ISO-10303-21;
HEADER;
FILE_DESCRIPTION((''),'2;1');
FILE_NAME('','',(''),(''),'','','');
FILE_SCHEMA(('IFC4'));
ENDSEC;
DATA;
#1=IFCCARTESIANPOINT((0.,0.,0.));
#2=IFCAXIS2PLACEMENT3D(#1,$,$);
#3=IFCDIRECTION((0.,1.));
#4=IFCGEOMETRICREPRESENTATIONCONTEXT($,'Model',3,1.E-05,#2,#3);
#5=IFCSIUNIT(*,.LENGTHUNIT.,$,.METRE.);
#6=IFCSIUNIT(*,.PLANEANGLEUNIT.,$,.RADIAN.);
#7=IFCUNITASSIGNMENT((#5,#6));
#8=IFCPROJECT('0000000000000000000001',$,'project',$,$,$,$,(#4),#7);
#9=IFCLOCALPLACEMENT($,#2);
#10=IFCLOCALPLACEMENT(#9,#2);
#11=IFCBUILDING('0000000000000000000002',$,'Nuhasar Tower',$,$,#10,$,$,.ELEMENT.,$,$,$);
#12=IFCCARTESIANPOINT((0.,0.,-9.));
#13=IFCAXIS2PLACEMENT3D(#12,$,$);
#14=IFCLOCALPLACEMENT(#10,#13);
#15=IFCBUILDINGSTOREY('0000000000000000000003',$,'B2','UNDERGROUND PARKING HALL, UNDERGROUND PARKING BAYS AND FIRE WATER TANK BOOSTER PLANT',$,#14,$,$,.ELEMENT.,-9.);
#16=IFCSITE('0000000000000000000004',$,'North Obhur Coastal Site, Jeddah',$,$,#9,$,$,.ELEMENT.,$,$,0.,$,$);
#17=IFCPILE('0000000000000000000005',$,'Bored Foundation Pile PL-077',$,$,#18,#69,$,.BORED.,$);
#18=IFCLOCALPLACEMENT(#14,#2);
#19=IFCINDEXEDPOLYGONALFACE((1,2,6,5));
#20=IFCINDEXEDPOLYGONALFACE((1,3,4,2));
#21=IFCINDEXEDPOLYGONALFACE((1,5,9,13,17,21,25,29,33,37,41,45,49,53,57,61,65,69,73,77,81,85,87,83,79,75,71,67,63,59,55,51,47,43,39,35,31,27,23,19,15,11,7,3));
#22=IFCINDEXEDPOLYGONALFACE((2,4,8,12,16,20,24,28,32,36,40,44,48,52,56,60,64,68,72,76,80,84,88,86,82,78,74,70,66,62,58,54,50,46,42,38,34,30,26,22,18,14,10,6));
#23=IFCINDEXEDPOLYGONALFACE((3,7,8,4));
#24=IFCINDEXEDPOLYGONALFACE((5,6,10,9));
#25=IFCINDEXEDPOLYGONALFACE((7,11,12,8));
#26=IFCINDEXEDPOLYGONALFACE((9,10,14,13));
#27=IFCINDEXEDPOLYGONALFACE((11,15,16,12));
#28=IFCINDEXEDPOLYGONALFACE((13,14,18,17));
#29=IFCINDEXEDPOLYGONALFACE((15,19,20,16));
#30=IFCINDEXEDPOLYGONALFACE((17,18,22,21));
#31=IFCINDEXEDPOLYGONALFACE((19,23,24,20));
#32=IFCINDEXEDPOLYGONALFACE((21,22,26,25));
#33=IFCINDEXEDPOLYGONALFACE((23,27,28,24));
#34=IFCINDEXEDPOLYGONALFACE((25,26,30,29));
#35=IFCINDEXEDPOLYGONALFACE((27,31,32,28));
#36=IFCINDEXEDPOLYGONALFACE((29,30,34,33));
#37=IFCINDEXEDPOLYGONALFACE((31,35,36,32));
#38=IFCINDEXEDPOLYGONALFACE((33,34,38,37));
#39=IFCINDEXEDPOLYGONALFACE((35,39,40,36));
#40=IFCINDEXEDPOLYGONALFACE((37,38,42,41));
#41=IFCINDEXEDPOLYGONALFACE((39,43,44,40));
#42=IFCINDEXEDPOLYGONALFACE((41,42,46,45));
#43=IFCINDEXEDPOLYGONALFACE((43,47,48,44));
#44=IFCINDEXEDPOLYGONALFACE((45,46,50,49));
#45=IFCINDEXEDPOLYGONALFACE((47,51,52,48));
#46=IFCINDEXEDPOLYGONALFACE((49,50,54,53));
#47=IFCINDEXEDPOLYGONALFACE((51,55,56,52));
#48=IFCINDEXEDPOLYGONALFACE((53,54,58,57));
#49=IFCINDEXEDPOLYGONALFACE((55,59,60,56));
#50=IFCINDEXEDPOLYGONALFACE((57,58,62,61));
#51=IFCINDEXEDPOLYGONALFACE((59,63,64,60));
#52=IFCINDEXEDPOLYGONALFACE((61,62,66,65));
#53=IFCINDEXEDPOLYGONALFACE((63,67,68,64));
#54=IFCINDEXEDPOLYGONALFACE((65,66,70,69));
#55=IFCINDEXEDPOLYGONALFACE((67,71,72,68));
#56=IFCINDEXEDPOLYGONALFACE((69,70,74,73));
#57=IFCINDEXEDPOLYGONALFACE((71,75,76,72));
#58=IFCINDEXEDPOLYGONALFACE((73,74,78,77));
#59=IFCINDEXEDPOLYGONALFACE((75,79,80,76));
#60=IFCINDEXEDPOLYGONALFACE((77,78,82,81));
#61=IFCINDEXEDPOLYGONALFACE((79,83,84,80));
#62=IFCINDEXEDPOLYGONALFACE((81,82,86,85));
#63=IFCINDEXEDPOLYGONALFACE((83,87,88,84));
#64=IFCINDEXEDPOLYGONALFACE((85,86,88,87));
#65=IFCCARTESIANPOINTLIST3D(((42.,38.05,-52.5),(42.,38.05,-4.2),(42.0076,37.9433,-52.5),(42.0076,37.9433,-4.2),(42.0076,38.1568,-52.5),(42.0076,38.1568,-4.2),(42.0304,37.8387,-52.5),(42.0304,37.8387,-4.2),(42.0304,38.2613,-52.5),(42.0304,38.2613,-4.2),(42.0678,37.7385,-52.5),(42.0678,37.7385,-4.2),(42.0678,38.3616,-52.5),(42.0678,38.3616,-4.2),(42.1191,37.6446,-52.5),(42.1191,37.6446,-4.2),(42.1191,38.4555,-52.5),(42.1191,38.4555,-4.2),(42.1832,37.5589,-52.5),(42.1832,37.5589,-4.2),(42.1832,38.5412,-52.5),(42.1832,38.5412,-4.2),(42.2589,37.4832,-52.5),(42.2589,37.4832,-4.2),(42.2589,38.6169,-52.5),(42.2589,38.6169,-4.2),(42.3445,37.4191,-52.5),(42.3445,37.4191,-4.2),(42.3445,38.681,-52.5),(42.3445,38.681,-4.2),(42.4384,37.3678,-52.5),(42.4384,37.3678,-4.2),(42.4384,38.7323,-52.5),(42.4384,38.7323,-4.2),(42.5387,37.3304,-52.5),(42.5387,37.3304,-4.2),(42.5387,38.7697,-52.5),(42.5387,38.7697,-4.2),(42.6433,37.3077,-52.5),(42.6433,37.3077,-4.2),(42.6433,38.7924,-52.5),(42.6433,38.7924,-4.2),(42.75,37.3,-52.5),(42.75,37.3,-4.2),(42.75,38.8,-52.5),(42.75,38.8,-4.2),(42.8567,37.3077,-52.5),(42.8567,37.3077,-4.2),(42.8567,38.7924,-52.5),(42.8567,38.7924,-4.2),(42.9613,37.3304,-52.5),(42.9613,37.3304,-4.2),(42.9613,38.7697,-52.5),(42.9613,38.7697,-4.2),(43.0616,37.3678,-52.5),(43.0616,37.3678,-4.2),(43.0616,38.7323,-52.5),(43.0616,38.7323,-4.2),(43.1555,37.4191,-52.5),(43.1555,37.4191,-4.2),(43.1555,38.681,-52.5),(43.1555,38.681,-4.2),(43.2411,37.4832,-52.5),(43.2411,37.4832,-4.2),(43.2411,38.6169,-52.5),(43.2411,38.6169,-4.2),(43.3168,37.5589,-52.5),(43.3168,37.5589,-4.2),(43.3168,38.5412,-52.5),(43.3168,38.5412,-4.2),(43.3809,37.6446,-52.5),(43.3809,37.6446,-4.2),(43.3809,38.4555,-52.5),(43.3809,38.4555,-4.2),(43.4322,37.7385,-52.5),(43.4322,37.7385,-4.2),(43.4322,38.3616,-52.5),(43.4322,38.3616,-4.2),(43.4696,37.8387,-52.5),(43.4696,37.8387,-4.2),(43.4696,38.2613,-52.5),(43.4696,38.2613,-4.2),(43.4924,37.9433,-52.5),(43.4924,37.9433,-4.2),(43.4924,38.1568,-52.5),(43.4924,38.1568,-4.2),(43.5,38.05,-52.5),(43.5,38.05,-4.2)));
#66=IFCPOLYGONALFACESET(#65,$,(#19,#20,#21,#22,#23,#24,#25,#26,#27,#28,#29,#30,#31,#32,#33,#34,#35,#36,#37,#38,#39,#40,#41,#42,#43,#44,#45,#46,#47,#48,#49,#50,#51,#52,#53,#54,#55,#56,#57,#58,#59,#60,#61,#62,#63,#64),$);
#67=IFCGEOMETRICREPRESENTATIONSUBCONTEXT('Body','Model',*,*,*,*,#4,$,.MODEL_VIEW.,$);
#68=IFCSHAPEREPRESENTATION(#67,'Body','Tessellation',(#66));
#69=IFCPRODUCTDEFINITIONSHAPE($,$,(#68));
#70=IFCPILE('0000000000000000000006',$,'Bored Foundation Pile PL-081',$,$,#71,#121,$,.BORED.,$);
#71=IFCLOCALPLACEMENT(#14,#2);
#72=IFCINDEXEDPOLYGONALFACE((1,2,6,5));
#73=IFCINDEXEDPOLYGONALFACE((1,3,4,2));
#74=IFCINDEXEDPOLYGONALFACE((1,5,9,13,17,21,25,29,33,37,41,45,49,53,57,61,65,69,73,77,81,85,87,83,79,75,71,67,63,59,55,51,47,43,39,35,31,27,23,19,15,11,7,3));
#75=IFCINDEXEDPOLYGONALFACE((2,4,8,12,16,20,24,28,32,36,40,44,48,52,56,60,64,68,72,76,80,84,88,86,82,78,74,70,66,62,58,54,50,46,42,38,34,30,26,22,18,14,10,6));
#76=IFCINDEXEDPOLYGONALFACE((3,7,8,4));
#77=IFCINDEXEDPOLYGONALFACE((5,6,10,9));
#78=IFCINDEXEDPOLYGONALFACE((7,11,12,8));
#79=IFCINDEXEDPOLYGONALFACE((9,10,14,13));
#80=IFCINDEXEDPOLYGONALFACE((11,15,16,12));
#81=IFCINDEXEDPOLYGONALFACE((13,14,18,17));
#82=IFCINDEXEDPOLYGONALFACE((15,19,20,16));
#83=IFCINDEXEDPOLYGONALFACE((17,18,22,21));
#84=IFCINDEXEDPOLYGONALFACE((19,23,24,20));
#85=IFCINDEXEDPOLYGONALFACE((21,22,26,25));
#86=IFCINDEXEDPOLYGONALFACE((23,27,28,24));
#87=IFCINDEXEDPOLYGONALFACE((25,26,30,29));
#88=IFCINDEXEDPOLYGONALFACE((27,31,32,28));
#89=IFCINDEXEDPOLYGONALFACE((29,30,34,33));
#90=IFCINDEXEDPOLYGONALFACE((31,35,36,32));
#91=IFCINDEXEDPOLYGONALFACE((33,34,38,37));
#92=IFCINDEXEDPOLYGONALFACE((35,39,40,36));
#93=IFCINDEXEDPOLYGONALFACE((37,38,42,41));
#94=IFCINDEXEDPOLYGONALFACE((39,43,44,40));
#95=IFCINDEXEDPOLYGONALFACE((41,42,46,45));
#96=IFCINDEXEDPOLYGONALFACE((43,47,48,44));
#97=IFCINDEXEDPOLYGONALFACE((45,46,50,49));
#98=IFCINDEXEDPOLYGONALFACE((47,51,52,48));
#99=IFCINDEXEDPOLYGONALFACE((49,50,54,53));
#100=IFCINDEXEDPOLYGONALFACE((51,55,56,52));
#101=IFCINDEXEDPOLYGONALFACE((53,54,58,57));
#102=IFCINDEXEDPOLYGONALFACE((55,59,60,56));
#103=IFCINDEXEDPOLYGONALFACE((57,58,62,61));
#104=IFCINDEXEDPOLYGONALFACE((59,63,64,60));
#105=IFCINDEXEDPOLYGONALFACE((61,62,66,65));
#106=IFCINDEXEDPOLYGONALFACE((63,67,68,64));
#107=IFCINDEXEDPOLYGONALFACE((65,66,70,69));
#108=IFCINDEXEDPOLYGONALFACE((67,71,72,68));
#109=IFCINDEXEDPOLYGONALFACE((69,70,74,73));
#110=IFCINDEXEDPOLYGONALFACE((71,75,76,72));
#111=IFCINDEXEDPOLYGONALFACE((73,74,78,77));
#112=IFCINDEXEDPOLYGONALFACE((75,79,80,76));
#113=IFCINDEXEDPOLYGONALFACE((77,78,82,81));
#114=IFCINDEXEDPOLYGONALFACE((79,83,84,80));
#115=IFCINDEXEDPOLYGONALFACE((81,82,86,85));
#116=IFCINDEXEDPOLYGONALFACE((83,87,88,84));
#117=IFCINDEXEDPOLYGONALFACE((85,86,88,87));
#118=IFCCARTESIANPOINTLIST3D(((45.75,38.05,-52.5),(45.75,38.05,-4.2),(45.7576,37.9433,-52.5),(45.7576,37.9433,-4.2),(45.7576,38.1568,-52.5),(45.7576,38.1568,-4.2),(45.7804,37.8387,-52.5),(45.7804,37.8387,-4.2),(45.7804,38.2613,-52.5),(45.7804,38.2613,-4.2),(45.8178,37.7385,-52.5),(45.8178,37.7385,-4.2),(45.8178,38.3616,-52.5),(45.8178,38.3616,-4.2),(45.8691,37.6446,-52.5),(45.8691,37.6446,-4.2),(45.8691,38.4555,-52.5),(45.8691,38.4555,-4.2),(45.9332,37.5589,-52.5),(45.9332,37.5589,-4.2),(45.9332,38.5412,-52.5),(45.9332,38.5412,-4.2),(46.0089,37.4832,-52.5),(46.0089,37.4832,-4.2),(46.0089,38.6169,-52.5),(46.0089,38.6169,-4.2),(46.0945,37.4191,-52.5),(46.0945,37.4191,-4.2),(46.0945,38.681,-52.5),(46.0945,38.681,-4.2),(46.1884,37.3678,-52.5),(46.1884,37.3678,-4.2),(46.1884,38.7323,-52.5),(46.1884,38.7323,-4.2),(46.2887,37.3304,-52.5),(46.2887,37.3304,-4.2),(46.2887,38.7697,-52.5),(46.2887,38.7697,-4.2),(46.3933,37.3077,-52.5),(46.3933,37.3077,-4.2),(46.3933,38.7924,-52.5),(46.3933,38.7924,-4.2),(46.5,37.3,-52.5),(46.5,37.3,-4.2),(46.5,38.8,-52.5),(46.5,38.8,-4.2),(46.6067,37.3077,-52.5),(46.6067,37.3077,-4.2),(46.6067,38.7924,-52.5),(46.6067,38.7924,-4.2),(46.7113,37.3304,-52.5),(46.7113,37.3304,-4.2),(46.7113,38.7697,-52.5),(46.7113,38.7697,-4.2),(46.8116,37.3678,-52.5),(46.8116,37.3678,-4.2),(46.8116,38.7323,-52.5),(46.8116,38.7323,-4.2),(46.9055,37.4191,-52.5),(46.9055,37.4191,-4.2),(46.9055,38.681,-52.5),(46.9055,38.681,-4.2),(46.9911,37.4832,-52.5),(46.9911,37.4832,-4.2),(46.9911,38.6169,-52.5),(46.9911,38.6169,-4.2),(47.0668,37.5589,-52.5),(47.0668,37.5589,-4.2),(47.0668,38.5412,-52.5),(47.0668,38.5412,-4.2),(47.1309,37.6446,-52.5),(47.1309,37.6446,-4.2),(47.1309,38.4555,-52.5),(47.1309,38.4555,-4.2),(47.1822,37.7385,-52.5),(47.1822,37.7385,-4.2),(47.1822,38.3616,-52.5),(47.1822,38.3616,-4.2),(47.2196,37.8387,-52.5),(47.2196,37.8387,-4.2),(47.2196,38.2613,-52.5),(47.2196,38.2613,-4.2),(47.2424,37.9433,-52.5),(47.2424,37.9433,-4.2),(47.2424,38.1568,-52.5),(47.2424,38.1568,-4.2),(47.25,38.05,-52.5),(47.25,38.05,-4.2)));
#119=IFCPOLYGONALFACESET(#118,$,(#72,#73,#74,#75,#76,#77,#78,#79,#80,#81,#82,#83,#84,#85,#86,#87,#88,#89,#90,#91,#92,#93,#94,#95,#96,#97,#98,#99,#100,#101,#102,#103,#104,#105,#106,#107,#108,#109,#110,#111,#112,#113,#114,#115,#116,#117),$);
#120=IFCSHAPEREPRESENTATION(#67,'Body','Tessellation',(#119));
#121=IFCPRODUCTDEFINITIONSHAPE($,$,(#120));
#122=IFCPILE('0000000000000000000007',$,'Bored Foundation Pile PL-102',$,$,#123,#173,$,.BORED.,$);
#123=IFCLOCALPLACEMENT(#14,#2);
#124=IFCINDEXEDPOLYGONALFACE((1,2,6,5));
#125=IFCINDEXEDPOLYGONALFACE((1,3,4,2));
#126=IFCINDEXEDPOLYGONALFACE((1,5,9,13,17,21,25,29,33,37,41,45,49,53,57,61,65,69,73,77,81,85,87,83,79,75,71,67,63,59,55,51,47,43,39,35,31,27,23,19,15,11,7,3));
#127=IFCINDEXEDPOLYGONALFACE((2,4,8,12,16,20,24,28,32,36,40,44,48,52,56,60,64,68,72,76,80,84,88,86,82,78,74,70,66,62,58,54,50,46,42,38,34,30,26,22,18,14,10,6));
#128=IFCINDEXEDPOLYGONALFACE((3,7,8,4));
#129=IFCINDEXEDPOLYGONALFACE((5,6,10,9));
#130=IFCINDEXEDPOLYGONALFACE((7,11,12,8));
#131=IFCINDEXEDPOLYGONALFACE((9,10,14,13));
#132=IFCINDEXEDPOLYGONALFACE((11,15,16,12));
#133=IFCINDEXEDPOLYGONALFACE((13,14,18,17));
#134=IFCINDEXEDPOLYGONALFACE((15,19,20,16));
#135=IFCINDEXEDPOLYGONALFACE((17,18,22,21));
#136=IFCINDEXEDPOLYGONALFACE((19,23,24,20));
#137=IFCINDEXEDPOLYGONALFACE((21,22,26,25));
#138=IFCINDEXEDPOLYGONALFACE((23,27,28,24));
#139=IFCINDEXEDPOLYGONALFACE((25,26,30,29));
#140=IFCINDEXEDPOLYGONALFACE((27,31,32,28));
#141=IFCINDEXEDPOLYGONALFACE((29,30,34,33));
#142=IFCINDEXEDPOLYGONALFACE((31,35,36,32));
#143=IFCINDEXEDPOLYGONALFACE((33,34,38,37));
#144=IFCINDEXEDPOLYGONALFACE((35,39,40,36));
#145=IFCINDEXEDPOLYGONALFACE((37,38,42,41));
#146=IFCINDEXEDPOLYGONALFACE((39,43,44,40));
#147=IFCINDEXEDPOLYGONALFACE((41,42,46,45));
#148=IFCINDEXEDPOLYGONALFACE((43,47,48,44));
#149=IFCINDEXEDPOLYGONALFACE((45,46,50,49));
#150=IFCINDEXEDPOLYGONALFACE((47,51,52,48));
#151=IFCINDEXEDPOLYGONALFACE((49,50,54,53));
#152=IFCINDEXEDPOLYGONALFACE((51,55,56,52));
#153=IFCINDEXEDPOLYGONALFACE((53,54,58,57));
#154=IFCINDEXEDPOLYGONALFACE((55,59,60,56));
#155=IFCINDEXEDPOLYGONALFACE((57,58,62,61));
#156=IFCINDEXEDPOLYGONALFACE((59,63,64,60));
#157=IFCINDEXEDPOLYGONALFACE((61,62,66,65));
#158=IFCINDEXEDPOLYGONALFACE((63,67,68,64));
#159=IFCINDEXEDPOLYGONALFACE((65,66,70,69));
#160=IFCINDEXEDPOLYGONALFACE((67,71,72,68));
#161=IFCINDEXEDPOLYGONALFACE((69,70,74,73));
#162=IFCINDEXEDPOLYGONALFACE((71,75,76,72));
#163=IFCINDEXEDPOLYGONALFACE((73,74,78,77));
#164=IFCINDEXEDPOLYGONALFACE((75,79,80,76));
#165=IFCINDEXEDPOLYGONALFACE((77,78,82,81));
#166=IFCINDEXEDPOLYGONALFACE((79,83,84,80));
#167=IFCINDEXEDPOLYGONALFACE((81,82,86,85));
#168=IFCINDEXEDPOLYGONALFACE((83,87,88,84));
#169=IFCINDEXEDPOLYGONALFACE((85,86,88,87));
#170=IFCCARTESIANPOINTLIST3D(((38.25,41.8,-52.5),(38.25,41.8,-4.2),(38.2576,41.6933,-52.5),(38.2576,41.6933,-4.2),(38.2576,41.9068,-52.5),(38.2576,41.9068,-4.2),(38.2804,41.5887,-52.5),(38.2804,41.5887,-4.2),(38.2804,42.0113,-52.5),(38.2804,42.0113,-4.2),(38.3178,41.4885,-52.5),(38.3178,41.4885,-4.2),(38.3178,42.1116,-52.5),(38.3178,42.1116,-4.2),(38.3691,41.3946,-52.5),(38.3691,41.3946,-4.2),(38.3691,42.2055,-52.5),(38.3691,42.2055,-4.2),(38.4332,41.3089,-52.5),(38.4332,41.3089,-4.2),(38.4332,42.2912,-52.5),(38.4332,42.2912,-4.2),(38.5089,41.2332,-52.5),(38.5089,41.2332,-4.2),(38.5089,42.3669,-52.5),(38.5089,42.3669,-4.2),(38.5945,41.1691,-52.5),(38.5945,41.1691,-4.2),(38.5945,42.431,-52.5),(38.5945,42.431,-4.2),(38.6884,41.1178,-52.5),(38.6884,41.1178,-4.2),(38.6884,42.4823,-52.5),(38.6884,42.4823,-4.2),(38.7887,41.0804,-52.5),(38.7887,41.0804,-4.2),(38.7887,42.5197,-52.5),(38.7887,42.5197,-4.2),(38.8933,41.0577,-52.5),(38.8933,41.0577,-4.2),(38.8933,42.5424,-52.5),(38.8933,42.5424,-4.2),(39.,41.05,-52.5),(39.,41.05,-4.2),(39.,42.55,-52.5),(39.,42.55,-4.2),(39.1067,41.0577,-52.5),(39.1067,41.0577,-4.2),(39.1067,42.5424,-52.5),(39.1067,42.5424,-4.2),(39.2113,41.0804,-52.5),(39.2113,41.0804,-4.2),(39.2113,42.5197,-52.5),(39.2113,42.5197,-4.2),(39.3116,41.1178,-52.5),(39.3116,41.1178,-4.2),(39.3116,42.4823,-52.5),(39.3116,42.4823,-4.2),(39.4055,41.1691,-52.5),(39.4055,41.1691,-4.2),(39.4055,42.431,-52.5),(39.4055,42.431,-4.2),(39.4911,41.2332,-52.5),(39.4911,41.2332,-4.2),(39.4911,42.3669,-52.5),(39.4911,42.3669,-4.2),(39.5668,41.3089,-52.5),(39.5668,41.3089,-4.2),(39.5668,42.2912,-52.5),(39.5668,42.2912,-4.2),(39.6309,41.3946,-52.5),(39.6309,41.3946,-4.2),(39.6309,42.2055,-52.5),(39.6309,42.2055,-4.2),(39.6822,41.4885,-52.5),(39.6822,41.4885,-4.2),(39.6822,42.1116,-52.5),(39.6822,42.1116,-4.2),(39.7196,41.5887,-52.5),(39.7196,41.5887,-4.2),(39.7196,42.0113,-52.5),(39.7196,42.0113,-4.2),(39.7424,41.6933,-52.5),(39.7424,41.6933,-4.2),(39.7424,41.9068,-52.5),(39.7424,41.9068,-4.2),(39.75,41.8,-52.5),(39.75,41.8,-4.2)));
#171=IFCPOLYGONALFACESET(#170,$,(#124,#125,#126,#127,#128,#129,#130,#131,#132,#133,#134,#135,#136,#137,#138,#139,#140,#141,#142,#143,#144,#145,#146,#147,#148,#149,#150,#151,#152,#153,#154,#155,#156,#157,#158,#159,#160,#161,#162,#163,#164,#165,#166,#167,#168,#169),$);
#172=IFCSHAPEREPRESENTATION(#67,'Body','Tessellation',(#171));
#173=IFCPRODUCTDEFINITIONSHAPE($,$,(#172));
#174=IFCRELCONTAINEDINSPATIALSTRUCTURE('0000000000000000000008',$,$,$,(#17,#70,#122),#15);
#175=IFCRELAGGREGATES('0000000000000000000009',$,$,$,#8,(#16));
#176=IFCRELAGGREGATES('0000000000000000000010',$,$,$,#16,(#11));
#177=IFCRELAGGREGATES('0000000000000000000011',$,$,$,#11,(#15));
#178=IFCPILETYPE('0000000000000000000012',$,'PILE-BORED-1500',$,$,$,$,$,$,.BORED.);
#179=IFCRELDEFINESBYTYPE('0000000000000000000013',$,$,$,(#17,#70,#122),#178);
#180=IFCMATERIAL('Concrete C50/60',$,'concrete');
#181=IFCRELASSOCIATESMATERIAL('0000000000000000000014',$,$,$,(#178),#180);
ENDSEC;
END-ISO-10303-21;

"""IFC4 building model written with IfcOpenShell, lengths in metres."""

from ifc_helpers import new_model, si_unit, direction, frame, origin, origin_2d, place, context, subcontext, project, spatial, circle, extrude, material, material_profile, profile_set, type_object, element, save


model = new_model("IFC4")

# Units and contexts
model_context = context("Model", 3, precision=1e-05, world=origin(), true_north=direction((0.0, 1.0)))
body_context = subcontext(model_context, "Body", "Model", "MODEL_VIEW")
ifc_project = project(units=[si_unit("LENGTHUNIT", "METRE"), si_unit("PLANEANGLEUNIT", "RADIAN")], contexts=[model_context])

# Site, building, storey
site_placement = place(None, origin())
site = spatial("IfcSite", under=ifc_project, at=site_placement, Name="North Obhur Coastal Site, Jeddah", CompositionType="ELEMENT", RefElevation=0.0)
building_placement = place(site_placement, origin())
building = spatial("IfcBuilding", under=site, at=building_placement, Name="Nuhasar Tower", CompositionType="ELEMENT")
storey_placement = place(building_placement, frame((0.0, 0.0, -9.0)))
storey = spatial("IfcBuildingStorey", under=building, at=storey_placement, Name="B2", Description="UNDERGROUND PARKING HALL, UNDERGROUND PARKING BAYS AND FIRE WATER TANK BOOSTER PLANT", CompositionType="ELEMENT", Elevation=-9.0)

# Piles
ifc_material_1 = material(Name="Concrete C50/60", Category="concrete")
ifc_material_profile_1 = material_profile(ifc_material_1, circle(Radius=0.75, at=origin_2d()), Name="PILE1500")
ifc_profile_set_1 = profile_set([ifc_material_profile_1], Name="Concrete C50/60")
pile_type = type_object("IfcPileType", Name="PILE-BORED-1500", PredefinedType="BORED", material=ifc_profile_set_1)
for number, where, z_axis, x_axis, name in (
    (1, (42.75, 38.05, -4.2), (0.0, 0.0, -1.0), (1.0, 0.0, 0.0), "Bored Foundation Pile PL-077"),
    (2, (46.5, 38.05, -4.2), (0.0, 0.0, -1.0), (1.0, 0.0, 0.0), "Bored Foundation Pile PL-081"),
    (3, (39.0, 41.8, -4.2), (0.0, 0.0, -1.0), (1.0, 0.0, 0.0), "Bored Foundation Pile PL-102"),
):
    element("IfcPile", number, at=place(storey_placement, frame(where, z_axis=z_axis, x_axis=x_axis)), inside=storey, type_object=pile_type, Name=name, PredefinedType="BORED", context=body_context, shape_type="SweptSolid", body=[
        extrude(circle(Radius=0.75, at=origin_2d()), origin(), (0.0, 0.0, 1.0), 48.3),
    ])

save(model, "model.ifc")
